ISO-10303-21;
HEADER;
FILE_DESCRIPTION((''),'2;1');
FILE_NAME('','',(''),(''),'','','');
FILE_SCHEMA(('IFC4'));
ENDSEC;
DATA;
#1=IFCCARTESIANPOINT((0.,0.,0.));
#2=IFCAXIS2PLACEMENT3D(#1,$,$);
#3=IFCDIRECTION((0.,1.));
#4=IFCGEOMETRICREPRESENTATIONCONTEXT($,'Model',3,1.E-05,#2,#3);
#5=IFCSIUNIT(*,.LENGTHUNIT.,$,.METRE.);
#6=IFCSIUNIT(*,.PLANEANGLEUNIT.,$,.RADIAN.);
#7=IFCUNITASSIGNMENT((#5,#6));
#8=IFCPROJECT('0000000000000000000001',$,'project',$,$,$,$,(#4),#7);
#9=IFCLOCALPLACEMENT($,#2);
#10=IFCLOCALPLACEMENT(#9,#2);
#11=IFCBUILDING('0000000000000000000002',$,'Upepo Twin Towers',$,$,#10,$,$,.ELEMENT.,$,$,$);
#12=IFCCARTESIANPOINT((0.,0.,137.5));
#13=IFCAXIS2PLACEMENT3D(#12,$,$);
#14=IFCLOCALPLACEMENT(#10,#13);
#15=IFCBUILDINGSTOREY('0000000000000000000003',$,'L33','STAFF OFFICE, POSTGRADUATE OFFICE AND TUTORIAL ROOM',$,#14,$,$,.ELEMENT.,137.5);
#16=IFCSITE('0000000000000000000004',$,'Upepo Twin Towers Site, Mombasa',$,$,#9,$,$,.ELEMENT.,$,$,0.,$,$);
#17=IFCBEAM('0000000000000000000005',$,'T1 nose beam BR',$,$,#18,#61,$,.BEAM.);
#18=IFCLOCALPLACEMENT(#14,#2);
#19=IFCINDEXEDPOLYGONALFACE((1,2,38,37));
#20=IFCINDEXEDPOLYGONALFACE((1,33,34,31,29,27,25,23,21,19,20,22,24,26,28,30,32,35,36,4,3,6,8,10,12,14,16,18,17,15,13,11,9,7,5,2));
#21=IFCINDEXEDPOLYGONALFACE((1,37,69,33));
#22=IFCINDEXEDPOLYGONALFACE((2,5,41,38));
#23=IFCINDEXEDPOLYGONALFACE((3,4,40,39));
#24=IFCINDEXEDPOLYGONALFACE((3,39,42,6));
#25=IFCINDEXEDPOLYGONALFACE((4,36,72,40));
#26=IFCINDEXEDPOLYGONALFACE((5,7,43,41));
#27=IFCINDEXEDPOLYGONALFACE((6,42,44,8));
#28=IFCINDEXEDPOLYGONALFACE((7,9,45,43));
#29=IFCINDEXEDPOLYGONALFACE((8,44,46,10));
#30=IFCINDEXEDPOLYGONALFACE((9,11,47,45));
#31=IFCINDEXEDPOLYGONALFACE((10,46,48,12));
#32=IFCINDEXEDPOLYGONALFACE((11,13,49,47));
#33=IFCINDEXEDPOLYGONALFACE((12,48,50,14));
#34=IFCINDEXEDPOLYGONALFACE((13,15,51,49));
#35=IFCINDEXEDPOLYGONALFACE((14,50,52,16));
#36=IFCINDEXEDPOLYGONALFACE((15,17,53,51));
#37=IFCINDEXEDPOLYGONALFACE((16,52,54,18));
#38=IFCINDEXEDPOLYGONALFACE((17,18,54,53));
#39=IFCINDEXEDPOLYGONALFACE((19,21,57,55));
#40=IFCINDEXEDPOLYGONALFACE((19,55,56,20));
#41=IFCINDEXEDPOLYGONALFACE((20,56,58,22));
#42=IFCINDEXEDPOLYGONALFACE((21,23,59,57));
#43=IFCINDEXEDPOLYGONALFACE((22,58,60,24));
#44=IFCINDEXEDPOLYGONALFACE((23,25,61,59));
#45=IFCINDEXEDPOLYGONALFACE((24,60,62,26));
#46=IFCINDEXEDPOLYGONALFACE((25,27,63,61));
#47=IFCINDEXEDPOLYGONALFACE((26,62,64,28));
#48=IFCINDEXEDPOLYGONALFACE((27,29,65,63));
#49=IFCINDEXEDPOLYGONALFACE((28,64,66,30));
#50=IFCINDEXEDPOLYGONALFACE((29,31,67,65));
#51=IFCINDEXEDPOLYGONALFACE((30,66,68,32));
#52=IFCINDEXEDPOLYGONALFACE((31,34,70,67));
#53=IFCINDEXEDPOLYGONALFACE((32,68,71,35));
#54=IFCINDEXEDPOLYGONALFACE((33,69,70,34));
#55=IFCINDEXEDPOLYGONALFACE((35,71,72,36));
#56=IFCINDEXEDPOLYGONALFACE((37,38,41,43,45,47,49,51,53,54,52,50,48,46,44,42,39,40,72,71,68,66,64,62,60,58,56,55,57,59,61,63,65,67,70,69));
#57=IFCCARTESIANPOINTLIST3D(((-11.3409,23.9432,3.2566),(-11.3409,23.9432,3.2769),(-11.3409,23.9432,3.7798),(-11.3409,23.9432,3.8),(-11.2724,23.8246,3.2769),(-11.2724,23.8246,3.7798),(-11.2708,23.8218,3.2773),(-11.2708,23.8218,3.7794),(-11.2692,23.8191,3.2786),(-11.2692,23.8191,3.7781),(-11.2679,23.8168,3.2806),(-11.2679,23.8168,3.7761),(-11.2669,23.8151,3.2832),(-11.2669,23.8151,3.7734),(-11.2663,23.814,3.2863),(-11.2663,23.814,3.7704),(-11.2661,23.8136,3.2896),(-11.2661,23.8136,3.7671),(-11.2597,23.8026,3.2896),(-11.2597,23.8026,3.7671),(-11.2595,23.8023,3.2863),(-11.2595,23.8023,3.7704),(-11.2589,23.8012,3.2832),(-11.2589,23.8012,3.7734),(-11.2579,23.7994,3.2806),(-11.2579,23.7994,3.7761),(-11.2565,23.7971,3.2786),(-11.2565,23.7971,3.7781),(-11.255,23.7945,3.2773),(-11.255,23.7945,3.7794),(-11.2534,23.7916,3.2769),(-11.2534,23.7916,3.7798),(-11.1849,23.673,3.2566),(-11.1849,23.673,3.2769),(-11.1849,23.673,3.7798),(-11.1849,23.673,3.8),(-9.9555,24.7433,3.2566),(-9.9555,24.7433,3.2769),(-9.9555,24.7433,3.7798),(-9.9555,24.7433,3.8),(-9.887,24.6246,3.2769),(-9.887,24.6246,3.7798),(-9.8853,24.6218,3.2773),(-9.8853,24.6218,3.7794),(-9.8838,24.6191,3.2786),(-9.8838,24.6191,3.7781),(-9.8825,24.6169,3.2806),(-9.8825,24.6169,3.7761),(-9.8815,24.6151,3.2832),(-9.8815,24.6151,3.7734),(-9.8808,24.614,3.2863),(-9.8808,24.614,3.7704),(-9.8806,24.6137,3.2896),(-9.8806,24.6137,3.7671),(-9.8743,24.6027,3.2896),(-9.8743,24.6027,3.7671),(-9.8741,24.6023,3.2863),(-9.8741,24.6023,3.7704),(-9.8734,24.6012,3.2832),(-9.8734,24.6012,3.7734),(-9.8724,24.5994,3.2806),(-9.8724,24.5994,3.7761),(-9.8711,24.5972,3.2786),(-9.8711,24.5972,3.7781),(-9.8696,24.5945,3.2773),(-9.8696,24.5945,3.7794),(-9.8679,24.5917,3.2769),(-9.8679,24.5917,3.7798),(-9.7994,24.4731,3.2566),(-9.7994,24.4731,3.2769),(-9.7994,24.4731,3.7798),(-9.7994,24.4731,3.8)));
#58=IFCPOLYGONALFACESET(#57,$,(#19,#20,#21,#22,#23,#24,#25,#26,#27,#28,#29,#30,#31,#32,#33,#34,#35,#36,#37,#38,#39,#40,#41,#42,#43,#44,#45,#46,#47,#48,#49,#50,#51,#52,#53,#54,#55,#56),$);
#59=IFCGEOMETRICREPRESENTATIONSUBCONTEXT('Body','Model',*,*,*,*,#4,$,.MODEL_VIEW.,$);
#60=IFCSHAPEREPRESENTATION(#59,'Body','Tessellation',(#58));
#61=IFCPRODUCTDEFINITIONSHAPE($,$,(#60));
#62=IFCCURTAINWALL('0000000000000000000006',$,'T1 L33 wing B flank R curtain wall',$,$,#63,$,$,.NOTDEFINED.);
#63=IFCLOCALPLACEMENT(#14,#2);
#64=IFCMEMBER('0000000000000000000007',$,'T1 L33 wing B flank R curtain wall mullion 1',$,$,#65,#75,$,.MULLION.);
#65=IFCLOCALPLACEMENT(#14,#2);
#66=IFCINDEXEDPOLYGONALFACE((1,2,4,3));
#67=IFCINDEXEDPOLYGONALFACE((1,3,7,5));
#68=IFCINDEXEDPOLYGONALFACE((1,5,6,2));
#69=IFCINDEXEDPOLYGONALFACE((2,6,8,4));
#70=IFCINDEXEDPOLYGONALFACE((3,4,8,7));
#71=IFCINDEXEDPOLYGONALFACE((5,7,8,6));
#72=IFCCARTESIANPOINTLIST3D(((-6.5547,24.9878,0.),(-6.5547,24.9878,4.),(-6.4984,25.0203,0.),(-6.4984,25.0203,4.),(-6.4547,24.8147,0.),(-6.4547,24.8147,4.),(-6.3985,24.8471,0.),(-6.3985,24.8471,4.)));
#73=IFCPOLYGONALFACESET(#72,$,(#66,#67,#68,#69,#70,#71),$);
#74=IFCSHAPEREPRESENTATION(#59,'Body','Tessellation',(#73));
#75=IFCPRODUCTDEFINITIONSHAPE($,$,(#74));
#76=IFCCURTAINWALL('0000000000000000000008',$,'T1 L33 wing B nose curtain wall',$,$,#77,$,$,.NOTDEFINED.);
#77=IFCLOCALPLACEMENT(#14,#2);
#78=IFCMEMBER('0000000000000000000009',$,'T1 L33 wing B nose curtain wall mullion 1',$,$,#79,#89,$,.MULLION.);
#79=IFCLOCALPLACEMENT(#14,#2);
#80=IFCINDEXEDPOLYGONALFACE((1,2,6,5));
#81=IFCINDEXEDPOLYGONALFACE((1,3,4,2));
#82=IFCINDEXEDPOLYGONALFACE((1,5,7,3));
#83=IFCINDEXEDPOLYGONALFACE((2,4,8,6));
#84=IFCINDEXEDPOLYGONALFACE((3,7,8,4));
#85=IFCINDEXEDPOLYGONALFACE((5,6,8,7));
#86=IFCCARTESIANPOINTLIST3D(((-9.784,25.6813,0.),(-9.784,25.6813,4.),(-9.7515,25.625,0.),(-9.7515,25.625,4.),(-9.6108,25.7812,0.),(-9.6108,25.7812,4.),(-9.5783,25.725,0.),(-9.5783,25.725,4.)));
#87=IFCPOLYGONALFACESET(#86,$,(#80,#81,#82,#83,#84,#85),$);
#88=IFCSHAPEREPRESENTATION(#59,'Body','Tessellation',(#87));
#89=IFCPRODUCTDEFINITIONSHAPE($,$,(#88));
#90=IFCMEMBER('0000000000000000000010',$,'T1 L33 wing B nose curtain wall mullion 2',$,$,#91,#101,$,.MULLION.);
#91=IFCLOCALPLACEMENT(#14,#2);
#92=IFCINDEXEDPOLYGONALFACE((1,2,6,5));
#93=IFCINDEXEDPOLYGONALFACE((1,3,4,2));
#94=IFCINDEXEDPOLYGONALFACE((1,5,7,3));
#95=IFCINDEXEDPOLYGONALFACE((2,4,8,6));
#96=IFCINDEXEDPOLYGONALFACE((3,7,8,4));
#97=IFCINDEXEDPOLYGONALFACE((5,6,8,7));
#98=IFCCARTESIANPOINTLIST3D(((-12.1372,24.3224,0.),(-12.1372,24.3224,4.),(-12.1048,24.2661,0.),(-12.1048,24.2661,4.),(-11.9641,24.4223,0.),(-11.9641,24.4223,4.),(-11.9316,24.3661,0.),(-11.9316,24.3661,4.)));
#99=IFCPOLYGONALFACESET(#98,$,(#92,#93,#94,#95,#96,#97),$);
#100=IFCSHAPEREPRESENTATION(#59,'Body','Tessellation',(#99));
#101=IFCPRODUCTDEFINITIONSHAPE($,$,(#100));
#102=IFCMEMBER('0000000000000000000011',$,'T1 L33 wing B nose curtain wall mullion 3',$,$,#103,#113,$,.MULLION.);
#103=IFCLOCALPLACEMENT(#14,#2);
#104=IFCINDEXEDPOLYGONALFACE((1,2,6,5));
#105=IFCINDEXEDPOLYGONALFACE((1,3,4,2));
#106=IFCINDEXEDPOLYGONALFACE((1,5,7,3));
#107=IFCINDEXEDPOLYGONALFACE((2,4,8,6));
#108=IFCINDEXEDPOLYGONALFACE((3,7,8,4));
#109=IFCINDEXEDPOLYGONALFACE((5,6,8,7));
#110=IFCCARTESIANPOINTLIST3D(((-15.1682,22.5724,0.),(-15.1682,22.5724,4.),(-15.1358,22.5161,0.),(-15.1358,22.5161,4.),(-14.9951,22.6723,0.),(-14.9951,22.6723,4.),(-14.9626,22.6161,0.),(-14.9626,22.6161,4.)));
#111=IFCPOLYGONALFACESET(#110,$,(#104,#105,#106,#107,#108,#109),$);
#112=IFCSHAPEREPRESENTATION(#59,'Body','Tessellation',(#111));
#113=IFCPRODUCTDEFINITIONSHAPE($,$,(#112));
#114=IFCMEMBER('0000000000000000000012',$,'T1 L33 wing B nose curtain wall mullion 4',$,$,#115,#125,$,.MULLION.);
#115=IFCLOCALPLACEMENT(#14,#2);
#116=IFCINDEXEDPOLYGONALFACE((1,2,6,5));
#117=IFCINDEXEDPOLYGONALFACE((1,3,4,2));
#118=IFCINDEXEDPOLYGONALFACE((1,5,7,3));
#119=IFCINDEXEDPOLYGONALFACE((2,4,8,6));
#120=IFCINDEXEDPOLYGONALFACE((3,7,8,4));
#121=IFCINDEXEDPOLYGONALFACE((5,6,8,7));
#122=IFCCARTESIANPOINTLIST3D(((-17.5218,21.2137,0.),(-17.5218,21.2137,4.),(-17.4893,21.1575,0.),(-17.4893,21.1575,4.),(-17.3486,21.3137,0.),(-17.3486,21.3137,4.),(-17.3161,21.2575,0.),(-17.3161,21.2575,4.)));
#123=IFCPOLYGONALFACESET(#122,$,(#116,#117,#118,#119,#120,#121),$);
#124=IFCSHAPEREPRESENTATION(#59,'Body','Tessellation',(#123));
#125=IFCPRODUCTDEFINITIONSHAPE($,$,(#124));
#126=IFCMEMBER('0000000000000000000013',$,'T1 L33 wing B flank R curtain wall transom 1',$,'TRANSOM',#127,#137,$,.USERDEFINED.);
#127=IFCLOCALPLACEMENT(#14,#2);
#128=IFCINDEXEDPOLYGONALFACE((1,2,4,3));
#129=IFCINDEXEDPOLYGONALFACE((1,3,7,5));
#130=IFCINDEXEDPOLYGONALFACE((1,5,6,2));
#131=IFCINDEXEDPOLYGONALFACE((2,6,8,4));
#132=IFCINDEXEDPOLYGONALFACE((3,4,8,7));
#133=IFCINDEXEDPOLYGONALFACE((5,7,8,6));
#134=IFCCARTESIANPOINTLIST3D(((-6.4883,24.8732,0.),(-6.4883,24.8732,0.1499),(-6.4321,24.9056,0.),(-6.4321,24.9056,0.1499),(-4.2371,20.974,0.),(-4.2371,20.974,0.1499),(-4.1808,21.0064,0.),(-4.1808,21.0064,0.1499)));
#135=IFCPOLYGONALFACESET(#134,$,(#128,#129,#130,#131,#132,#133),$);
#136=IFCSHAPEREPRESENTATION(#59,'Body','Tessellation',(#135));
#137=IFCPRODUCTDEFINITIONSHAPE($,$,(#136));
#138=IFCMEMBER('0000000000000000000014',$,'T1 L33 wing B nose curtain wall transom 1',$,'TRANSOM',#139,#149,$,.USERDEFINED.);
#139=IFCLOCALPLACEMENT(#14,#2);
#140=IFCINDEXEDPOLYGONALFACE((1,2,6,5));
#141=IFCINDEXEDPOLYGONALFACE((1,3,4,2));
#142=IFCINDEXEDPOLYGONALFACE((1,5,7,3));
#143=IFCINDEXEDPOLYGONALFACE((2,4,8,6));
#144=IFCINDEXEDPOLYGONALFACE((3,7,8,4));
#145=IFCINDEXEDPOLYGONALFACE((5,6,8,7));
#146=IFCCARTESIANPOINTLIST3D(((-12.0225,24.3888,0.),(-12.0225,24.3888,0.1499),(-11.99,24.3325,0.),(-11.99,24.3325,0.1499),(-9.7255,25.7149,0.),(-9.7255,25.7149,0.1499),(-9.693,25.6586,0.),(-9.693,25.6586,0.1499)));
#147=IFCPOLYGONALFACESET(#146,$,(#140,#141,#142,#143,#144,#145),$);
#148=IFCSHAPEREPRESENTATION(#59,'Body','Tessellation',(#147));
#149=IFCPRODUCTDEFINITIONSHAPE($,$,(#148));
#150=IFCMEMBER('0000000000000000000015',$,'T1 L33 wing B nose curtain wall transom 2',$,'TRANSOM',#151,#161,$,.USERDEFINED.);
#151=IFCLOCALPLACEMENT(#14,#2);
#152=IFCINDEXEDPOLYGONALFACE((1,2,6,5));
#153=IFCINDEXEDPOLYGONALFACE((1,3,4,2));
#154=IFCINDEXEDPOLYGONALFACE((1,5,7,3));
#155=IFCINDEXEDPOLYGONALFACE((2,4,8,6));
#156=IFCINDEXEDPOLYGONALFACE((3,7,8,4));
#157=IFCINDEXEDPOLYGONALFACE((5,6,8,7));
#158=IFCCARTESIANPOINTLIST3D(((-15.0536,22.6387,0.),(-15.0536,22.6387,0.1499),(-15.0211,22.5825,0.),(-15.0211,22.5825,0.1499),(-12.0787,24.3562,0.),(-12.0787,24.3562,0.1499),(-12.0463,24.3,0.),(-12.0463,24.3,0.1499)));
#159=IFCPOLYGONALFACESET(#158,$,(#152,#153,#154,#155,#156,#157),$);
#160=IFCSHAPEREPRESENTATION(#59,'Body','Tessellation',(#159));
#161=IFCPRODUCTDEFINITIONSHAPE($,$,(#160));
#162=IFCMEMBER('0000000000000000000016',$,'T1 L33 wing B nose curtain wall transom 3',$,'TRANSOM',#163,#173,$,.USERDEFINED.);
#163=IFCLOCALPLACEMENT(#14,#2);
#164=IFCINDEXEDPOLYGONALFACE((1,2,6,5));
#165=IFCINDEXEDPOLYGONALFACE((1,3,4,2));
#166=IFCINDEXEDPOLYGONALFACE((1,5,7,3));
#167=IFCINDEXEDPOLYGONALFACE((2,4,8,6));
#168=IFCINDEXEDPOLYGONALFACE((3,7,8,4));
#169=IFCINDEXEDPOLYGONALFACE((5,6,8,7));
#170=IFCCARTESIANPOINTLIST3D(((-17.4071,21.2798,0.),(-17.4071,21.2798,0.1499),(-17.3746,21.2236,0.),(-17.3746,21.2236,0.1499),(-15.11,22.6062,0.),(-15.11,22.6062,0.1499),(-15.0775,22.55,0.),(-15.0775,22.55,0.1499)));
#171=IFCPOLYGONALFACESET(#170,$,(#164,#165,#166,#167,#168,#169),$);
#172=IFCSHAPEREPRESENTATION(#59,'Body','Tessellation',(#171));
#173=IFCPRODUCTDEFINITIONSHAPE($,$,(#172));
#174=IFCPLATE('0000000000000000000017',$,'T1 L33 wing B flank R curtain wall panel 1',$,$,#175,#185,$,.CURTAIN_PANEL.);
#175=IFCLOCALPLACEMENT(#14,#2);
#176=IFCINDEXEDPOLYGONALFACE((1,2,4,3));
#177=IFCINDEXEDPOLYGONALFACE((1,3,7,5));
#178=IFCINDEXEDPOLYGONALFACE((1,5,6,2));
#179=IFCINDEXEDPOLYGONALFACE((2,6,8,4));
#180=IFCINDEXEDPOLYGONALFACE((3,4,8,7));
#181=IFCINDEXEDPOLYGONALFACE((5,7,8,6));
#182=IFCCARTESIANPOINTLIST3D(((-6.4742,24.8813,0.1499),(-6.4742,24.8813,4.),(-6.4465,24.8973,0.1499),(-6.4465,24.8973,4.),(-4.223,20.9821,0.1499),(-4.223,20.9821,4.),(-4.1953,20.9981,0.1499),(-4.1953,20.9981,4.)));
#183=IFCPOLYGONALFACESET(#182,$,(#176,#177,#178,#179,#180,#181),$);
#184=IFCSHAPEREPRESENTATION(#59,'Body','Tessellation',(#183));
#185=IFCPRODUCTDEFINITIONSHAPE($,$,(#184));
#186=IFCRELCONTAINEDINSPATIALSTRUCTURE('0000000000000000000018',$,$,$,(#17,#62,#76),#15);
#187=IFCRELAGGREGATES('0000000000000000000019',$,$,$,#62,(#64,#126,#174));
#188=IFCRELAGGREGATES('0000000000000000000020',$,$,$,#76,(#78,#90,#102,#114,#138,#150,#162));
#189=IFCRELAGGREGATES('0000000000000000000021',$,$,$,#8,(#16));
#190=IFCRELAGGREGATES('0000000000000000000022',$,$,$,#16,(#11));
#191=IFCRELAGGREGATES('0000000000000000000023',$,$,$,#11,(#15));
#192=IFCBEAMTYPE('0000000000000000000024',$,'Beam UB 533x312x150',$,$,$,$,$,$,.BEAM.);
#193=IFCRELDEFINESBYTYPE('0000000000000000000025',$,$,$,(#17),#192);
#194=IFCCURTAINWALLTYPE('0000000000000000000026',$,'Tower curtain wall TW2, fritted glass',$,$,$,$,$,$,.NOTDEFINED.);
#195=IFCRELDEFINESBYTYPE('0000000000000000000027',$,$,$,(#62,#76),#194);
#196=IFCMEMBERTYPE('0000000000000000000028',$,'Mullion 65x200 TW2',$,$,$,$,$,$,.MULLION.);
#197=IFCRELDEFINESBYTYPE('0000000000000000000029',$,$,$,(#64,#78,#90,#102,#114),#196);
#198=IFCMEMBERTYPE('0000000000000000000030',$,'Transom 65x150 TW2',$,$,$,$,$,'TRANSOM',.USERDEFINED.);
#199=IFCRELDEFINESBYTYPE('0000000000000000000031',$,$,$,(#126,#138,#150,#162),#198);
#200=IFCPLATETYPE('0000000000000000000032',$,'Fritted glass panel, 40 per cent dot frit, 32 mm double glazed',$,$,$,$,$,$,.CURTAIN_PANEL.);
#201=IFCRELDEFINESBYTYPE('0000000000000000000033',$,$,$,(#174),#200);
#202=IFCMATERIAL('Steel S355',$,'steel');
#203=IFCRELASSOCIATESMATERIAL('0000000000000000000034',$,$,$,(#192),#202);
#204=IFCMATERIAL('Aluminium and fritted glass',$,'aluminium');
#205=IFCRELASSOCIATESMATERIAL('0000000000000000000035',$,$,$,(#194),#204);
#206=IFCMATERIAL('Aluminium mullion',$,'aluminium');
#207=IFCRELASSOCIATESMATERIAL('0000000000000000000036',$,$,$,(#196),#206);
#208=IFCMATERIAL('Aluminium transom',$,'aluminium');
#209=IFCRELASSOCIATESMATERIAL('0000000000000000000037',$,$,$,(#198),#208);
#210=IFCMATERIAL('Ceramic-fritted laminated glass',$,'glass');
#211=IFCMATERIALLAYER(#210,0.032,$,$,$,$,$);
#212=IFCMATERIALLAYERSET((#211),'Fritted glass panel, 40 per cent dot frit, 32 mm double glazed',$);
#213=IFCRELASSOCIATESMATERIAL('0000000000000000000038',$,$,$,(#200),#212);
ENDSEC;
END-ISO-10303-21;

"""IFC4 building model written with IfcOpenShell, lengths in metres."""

from ifc_helpers import new_model, si_unit, direction, frame, origin, origin_2d, place, context, subcontext, project, spatial, rectangle, i_section, extrude, material, layer, layer_set, material_profile, profile_set, type_object, element, aggregate, save


model = new_model("IFC4")

# Units and contexts
model_context = context("Model", 3, precision=1e-05, world=origin(), true_north=direction((0.0, 1.0)))
body_context = subcontext(model_context, "Body", "Model", "MODEL_VIEW")
ifc_project = project(units=[si_unit("LENGTHUNIT", "METRE"), si_unit("PLANEANGLEUNIT", "RADIAN")], contexts=[model_context])

# Site, building, storey
site_placement = place(None, origin())
site = spatial("IfcSite", under=ifc_project, at=site_placement, Name="Upepo Twin Towers Site, Mombasa", CompositionType="ELEMENT", RefElevation=0.0)
building_placement = place(site_placement, origin())
building = spatial("IfcBuilding", under=site, at=building_placement, Name="Upepo Twin Towers", CompositionType="ELEMENT")
storey_placement = place(building_placement, frame((0.0, 0.0, 137.5)))
storey = spatial("IfcBuildingStorey", under=building, at=storey_placement, Name="L33", Description="STAFF OFFICE, POSTGRADUATE OFFICE AND TUTORIAL ROOM", CompositionType="ELEMENT", Elevation=137.5)

# Beam
ifc_material_1 = material(Name="Steel S355", Category="steel")
ifc_material_profile_1 = material_profile(ifc_material_1, i_section(OverallWidth=0.312, OverallDepth=0.5435, WebThickness=0.0127, FlangeThickness=0.0203, FilletRadius=0.0127, at=origin_2d()), Name="UB 533x312x150")
ifc_profile_set_1 = profile_set([ifc_material_profile_1], Name="Steel S355")
beam_type_1 = type_object("IfcBeamType", Name="Beam UB 533x312x150", PredefinedType="BEAM", material=ifc_profile_set_1)
for number, where, z_axis, x_axis, name in (
    (1, (-9.8774, 24.6082, 3.5283), (-0.86599, -0.500061, 0.0), (0.500061, -0.86599, 0.0), "T1 nose beam BR"),
):
    element("IfcBeam", number, at=place(storey_placement, frame(where, z_axis=z_axis, x_axis=x_axis)), inside=storey, type_object=beam_type_1, Name=name, PredefinedType="BEAM", context=body_context, shape_type="SweptSolid", body=[
        extrude(i_section(OverallWidth=0.312, OverallDepth=0.5435, WebThickness=0.0127, FlangeThickness=0.0203, FilletRadius=0.0127, at=origin_2d()), origin(), (0.0, 0.0, 1.0), 1.5999),
    ])

# Curtain wall, member
ifc_material_2 = material(Name="Aluminium and fritted glass", Category="aluminium")
curtain_wall_type = type_object("IfcCurtainWallType", Name="Tower curtain wall TW2, fritted glass", PredefinedType="NOTDEFINED", material=ifc_material_2)
curtain_wall_1_placement = place(storey_placement, origin())
curtain_wall_1 = element("IfcCurtainWall", 2, at=curtain_wall_1_placement, inside=storey, type_object=curtain_wall_type, Name="T1 L33 wing B flank R curtain wall", PredefinedType="NOTDEFINED")
ifc_material_3 = material(Name="Aluminium mullion", Category="aluminium")
ifc_material_profile_2 = material_profile(ifc_material_3, rectangle(XDim=0.0649, YDim=0.2, at=origin_2d()), Name="MULLION 65x200")
ifc_profile_set_2 = profile_set([ifc_material_profile_2], Name="Aluminium mullion")
member_type_1 = type_object("IfcMemberType", Name="Mullion 65x200 TW2", PredefinedType="MULLION", material=ifc_profile_set_2)
member_1_placement = place(storey_placement, frame((-6.4766, 24.9175, 0.0), z_axis=(0.0, 0.0, 1.0), x_axis=(0.866025, 0.5, 0.0)))
member_1 = element("IfcMember", 3, at=member_1_placement, type_object=member_type_1, Name="T1 L33 wing B flank R curtain wall mullion 1", PredefinedType="MULLION", context=body_context, shape_type="SweptSolid", body=[
    extrude(rectangle(XDim=0.0649, YDim=0.2, at=origin_2d()), origin(), (0.0, 0.0, 1.0), 4.0),
])

# Curtain wall, members
curtain_wall_2_placement = place(storey_placement, origin())
curtain_wall_2 = element("IfcCurtainWall", 4, at=curtain_wall_2_placement, inside=storey, type_object=curtain_wall_type, Name="T1 L33 wing B nose curtain wall", PredefinedType="NOTDEFINED")
member_2_placement = place(storey_placement, frame((-9.6812, 25.7031, 0.0), z_axis=(0.0, 0.0, 1.0), x_axis=(0.5, -0.866025, 0.0)))
member_2 = element("IfcMember", 5, at=member_2_placement, type_object=member_type_1, Name="T1 L33 wing B nose curtain wall mullion 1", PredefinedType="MULLION", context=body_context, shape_type="SweptSolid", body=[
    extrude(rectangle(XDim=0.0649, YDim=0.2, at=origin_2d()), origin(), (0.0, 0.0, 1.0), 4.0),
])
member_3_placement = place(storey_placement, frame((-12.0344, 24.3442, 0.0), z_axis=(0.0, 0.0, 1.0), x_axis=(0.5, -0.866025, 0.0)))
member_3 = element("IfcMember", 6, at=member_3_placement, type_object=member_type_1, Name="T1 L33 wing B nose curtain wall mullion 2", PredefinedType="MULLION", context=body_context, shape_type="SweptSolid", body=[
    extrude(rectangle(XDim=0.0649, YDim=0.2, at=origin_2d()), origin(), (0.0, 0.0, 1.0), 4.0),
])
member_4_placement = place(storey_placement, frame((-15.0654, 22.5942, 0.0), z_axis=(0.0, 0.0, 1.0), x_axis=(0.5, -0.866025, 0.0)))
member_4 = element("IfcMember", 7, at=member_4_placement, type_object=member_type_1, Name="T1 L33 wing B nose curtain wall mullion 3", PredefinedType="MULLION", context=body_context, shape_type="SweptSolid", body=[
    extrude(rectangle(XDim=0.0649, YDim=0.2, at=origin_2d()), origin(), (0.0, 0.0, 1.0), 4.0),
])
member_5_placement = place(storey_placement, frame((-17.4189, 21.2356, 0.0), z_axis=(0.0, 0.0, 1.0), x_axis=(0.5, -0.866025, 0.0)))
member_5 = element("IfcMember", 8, at=member_5_placement, type_object=member_type_1, Name="T1 L33 wing B nose curtain wall mullion 4", PredefinedType="MULLION", context=body_context, shape_type="SweptSolid", body=[
    extrude(rectangle(XDim=0.0649, YDim=0.2, at=origin_2d()), origin(), (0.0, 0.0, 1.0), 4.0),
])

# Members
ifc_material_4 = material(Name="Aluminium transom", Category="aluminium")
ifc_material_profile_3 = material_profile(ifc_material_4, rectangle(XDim=0.0649, YDim=0.1499, at=origin_2d()), Name="TRANSOM 65x150")
ifc_profile_set_3 = profile_set([ifc_material_profile_3], Name="Aluminium transom")
member_type_2 = type_object("IfcMemberType", Name="Transom 65x150 TW2", ElementType="TRANSOM", PredefinedType="USERDEFINED", material=ifc_profile_set_3)
member_6_placement = place(storey_placement, frame((-6.4602, 24.8894, 0.075), z_axis=(0.500006, -0.866022, 0.0), x_axis=(0.866022, 0.500006, 0.0)))
member_6 = element("IfcMember", 9, at=member_6_placement, type_object=member_type_2, Name="T1 L33 wing B flank R curtain wall transom 1", ObjectType="TRANSOM", PredefinedType="USERDEFINED", context=body_context, shape_type="SweptSolid", body=[
    extrude(rectangle(XDim=0.0649, YDim=0.1499, at=origin_2d()), origin(), (0.0, 0.0, 1.0), 4.5024),
])
member_7_placement = place(storey_placement, frame((-9.7092, 25.6868, 0.075), z_axis=(-0.866037, -0.49998, 0.0), x_axis=(0.49998, -0.866037, 0.0)))
member_7 = element("IfcMember", 10, at=member_7_placement, type_object=member_type_2, Name="T1 L33 wing B nose curtain wall transom 1", ObjectType="TRANSOM", PredefinedType="USERDEFINED", context=body_context, shape_type="SweptSolid", body=[
    extrude(rectangle(XDim=0.0649, YDim=0.1499, at=origin_2d()), origin(), (0.0, 0.0, 1.0), 2.6523),
])
member_8_placement = place(storey_placement, frame((-12.0625, 24.3281, 0.075), z_axis=(-0.866026, -0.499999, 0.0), x_axis=(0.499999, -0.866026, 0.0)))
member_8 = element("IfcMember", 11, at=member_8_placement, type_object=member_type_2, Name="T1 L33 wing B nose curtain wall transom 2", ObjectType="TRANSOM", PredefinedType="USERDEFINED", context=body_context, shape_type="SweptSolid", body=[
    extrude(rectangle(XDim=0.0649, YDim=0.1499, at=origin_2d()), origin(), (0.0, 0.0, 1.0), 3.4351),
])
member_9_placement = place(storey_placement, frame((-15.0938, 22.5781, 0.075), z_axis=(-0.865997, -0.500049, 0.0), x_axis=(0.500049, -0.865997, 0.0)))
member_9 = element("IfcMember", 12, at=member_9_placement, type_object=member_type_2, Name="T1 L33 wing B nose curtain wall transom 3", ObjectType="TRANSOM", PredefinedType="USERDEFINED", context=body_context, shape_type="SweptSolid", body=[
    extrude(rectangle(XDim=0.0649, YDim=0.1499, at=origin_2d()), origin(), (0.0, 0.0, 1.0), 2.6526),
])

# Plate
ifc_material_5 = material(Name="Ceramic-fritted laminated glass", Category="glass")
ifc_layer_1 = layer(ifc_material_5, 0.032)
ifc_layer_set_1 = layer_set([ifc_layer_1], Name="Fritted glass panel, 40 per cent dot frit, 32 mm double glazed")
plate_type_1 = type_object("IfcPlateType", Name="Fritted glass panel, 40 per cent dot frit, 32 mm double glazed", PredefinedType="CURTAIN_PANEL", material=ifc_layer_set_1)
plate_1_placement = place(storey_placement, frame((-5.3347, 22.9397, 0.1499), z_axis=(0.0, 0.0, 1.0), x_axis=(0.5, -0.866025, 0.0)))
plate_1 = element("IfcPlate", 13, at=plate_1_placement, type_object=plate_type_1, Name="T1 L33 wing B flank R curtain wall panel 1", PredefinedType="CURTAIN_PANEL", context=body_context, shape_type="SweptSolid", body=[
    extrude(rectangle(XDim=4.5024, YDim=0.032, at=origin_2d()), origin(), (0.0, 0.0, 1.0), 3.8501),
])
aggregate(curtain_wall_1, [member_1, member_6, plate_1])
aggregate(curtain_wall_2, [member_2, member_3, member_4, member_5, member_7, member_8, member_9])

save(model, "model.ifc")
